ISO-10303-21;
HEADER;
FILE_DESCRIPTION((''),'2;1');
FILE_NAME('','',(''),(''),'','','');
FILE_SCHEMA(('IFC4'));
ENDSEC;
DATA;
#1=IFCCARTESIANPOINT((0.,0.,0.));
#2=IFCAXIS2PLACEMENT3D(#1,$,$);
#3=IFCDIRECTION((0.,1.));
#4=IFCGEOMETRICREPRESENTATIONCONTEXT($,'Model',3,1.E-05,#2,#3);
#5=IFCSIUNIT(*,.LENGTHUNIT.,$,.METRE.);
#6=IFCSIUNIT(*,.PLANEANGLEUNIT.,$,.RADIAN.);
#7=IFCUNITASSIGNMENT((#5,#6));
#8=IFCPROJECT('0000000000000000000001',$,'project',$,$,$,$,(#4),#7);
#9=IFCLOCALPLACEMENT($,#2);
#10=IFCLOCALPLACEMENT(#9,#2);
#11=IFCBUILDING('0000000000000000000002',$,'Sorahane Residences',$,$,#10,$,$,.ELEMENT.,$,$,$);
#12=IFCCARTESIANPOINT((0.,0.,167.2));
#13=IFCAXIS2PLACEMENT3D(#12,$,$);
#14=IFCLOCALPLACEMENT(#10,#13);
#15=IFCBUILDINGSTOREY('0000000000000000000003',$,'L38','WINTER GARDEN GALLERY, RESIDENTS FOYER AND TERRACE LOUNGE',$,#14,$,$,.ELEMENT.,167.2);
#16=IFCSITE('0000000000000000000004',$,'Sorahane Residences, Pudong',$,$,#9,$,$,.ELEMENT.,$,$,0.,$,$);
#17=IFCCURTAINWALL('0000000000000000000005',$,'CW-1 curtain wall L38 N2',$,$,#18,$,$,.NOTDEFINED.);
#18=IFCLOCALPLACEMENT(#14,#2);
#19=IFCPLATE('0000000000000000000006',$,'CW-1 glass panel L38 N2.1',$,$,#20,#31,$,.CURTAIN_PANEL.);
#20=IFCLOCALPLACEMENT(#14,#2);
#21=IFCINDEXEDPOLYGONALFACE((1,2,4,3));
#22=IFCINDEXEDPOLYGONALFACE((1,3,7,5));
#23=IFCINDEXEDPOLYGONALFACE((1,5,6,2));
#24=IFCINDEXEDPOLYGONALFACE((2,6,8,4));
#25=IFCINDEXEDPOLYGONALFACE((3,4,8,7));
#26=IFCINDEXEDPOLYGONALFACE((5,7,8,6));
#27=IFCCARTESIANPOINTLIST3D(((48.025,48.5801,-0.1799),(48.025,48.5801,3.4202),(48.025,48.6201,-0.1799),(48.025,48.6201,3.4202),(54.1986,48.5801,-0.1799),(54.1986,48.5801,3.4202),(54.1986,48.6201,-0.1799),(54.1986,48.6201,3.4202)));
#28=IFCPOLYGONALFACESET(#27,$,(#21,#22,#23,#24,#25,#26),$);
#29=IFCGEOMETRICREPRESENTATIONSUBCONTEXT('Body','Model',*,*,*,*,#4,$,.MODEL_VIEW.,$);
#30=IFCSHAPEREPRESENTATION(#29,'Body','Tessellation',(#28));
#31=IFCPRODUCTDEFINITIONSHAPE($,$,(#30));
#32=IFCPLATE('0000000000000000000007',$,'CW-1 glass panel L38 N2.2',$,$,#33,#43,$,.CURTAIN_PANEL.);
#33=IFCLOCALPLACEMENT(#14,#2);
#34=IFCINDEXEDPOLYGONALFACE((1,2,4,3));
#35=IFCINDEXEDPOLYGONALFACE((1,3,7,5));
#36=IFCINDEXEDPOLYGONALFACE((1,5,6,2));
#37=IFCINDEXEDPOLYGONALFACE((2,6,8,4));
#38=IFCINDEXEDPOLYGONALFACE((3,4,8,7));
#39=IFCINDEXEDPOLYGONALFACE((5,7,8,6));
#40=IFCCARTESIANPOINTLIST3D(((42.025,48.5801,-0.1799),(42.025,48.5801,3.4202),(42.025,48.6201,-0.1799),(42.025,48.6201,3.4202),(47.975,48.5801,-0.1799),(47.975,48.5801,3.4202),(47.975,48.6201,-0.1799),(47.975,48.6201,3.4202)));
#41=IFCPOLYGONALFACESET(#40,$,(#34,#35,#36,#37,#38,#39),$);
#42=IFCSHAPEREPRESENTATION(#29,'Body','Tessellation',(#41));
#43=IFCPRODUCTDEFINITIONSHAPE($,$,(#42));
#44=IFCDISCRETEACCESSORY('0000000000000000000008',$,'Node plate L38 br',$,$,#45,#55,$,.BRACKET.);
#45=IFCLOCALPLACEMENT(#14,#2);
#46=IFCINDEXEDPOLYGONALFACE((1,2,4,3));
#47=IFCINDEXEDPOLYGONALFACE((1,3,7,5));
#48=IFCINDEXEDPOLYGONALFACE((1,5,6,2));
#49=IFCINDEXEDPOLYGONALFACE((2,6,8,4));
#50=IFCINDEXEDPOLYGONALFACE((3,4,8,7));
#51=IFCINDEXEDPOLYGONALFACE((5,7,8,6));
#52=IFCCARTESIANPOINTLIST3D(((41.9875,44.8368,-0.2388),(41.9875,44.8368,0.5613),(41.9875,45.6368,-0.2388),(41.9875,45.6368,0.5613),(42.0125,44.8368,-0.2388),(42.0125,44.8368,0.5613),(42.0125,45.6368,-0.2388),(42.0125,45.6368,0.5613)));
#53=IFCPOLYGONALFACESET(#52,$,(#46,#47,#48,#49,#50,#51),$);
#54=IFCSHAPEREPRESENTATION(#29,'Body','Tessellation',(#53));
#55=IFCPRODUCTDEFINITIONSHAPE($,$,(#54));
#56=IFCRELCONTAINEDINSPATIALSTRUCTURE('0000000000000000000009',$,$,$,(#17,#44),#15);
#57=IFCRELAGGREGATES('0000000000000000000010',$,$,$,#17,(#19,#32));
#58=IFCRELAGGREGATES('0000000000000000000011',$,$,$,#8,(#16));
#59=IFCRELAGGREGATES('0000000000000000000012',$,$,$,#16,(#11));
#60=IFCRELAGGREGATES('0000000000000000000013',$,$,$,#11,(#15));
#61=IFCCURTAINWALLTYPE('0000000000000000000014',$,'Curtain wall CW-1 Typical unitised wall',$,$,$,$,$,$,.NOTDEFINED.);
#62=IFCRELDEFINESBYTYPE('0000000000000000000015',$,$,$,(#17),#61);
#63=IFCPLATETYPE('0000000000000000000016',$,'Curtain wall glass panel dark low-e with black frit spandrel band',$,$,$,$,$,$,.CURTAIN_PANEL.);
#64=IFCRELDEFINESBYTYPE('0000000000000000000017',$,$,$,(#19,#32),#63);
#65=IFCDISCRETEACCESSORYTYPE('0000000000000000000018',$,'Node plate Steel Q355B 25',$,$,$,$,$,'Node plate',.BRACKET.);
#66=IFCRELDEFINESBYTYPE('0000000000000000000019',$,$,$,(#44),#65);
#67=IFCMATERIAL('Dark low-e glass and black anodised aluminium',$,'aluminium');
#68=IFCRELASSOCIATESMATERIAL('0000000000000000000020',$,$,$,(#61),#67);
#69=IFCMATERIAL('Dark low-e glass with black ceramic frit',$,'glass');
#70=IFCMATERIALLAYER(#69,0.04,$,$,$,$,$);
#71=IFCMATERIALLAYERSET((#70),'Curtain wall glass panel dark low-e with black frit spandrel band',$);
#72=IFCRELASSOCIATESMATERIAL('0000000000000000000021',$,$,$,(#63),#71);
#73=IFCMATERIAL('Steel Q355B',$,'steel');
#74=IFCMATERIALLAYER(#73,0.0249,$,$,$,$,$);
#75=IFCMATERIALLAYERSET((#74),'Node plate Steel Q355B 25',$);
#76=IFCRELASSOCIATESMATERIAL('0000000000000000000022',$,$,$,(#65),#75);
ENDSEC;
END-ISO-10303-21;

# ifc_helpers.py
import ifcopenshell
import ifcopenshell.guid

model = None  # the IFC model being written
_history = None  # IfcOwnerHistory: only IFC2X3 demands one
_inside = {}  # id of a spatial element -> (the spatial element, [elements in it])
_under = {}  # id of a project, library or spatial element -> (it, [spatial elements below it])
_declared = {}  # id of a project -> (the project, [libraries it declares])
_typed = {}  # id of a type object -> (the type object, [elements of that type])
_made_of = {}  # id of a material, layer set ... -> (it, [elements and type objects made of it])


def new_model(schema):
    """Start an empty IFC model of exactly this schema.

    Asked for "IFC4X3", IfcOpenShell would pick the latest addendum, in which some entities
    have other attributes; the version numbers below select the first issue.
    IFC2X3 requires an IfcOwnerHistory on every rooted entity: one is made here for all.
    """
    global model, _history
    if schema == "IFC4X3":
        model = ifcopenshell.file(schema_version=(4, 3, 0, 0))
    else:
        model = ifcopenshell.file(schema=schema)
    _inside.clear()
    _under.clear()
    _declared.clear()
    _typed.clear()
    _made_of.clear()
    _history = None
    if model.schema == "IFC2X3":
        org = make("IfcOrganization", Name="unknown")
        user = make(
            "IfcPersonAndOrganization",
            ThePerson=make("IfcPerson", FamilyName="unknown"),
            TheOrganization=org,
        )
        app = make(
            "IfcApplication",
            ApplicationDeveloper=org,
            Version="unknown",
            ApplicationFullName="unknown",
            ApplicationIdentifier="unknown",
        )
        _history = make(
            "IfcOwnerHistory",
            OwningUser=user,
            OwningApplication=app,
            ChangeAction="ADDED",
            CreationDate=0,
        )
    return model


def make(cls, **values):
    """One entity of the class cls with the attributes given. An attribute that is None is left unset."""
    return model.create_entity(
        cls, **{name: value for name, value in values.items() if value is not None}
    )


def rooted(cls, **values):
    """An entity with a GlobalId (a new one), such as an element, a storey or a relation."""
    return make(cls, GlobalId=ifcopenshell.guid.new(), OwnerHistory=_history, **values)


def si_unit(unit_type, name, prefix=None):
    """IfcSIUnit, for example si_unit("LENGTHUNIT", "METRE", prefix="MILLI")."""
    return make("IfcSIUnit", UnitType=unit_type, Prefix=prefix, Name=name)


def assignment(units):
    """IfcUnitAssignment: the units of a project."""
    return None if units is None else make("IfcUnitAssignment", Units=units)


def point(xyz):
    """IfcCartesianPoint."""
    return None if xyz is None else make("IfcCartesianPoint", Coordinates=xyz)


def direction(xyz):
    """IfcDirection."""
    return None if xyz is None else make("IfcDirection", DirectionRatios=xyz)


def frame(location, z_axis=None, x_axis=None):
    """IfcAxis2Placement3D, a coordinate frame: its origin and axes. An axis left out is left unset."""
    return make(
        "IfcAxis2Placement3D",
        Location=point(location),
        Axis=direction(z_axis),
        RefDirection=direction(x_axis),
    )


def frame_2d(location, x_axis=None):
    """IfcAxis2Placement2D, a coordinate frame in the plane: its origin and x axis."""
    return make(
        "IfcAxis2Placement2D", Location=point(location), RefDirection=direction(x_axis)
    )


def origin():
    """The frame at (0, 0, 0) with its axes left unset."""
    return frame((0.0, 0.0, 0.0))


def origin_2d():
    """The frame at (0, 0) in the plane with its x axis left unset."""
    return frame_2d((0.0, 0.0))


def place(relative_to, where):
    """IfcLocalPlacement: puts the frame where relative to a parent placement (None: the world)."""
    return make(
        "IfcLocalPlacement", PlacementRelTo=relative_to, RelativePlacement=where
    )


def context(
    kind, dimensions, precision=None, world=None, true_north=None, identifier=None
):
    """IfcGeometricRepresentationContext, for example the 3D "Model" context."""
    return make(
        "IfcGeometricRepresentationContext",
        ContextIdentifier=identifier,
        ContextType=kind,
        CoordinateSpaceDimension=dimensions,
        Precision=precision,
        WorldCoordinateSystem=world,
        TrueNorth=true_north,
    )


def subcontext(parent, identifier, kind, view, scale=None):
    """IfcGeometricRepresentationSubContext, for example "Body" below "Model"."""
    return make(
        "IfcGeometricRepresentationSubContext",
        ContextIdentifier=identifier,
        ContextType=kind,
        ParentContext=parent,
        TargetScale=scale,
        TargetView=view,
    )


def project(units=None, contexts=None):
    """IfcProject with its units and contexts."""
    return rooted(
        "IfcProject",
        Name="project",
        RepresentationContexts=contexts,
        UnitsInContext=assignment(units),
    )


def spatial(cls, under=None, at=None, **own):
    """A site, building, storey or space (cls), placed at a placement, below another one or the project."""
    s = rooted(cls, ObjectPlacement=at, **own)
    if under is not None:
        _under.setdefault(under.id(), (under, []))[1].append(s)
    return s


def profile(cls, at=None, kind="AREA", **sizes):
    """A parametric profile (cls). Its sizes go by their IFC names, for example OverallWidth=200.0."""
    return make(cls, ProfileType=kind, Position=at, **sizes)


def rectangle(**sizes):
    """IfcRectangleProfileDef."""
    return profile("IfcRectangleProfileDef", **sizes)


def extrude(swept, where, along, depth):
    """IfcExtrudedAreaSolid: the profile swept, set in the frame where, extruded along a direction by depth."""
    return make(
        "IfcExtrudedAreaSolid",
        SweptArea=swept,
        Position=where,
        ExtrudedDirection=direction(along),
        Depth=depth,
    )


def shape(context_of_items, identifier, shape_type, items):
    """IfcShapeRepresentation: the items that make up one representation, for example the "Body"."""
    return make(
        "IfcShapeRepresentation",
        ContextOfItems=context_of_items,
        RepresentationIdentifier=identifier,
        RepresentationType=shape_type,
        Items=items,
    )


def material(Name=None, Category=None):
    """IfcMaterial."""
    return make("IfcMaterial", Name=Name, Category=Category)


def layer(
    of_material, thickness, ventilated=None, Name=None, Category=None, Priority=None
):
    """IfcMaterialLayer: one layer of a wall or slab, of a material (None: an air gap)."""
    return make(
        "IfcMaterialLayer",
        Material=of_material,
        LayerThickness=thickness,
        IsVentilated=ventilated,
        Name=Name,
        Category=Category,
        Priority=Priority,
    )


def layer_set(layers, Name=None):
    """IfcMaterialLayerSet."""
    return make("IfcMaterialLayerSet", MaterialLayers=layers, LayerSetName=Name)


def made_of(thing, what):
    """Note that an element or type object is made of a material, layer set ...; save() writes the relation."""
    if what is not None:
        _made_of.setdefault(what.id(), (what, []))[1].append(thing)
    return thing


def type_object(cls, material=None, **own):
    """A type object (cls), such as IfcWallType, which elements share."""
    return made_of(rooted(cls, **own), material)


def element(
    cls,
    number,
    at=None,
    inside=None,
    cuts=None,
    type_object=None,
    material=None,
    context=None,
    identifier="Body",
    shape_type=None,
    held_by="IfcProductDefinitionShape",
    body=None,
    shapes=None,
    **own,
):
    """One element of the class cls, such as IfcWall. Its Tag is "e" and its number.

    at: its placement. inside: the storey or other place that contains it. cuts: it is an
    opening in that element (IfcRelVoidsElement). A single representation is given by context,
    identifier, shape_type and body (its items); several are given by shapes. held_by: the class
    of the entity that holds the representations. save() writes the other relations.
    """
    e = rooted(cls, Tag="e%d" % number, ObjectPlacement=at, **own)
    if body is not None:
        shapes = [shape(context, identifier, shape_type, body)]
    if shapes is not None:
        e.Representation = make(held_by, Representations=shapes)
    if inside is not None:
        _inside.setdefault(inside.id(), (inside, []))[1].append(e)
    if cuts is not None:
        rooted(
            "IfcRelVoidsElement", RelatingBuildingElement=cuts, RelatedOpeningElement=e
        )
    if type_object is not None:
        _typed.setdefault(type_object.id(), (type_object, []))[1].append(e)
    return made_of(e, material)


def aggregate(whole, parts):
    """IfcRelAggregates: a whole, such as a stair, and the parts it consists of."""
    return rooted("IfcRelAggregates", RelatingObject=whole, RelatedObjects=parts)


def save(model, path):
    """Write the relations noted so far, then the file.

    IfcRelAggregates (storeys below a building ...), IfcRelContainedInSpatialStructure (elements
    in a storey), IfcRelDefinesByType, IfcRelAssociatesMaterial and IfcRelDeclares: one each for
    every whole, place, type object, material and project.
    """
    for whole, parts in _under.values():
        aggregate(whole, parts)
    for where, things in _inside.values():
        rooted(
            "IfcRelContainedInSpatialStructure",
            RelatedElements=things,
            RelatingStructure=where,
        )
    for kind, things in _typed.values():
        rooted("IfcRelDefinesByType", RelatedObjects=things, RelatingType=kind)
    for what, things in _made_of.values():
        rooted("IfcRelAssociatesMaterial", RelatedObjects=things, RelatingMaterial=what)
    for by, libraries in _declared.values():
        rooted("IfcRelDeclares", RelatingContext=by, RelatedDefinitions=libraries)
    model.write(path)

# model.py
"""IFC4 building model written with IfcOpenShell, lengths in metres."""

from ifc_helpers import new_model, si_unit, direction, frame, origin, origin_2d, place, context, subcontext, project, spatial, rectangle, extrude, material, layer, layer_set, type_object, element, aggregate, save


model = new_model("IFC4")

# Units and contexts
model_context = context("Model", 3, precision=1e-05, world=origin(), true_north=direction((0.0, 1.0)))
body_context = subcontext(model_context, "Body", "Model", "MODEL_VIEW")
ifc_project = project(units=[si_unit("LENGTHUNIT", "METRE"), si_unit("PLANEANGLEUNIT", "RADIAN")], contexts=[model_context])

# Site, building, storey
site_placement = place(None, origin())
site = spatial("IfcSite", under=ifc_project, at=site_placement, Name="Sorahane Residences, Pudong", CompositionType="ELEMENT", RefElevation=0.0)
building_placement = place(site_placement, origin())
building = spatial("IfcBuilding", under=site, at=building_placement, Name="Sorahane Residences", CompositionType="ELEMENT")
storey_placement = place(building_placement, frame((0.0, 0.0, 167.2)))
storey = spatial("IfcBuildingStorey", under=building, at=storey_placement, Name="L38", Description="WINTER GARDEN GALLERY, RESIDENTS FOYER AND TERRACE LOUNGE", CompositionType="ELEMENT", Elevation=167.2)

# Shared definitions
ifc_material_1 = material(Name="Dark low-e glass and black anodised aluminium", Category="aluminium")
curtain_wall_type_1 = type_object("IfcCurtainWallType", Name="Curtain wall CW-1 Typical unitised wall", PredefinedType="NOTDEFINED", material=ifc_material_1)

# Curtain wall
curtain_wall_1_placement = place(storey_placement, origin())
curtain_wall_1 = element("IfcCurtainWall", 1, at=curtain_wall_1_placement, inside=storey, type_object=curtain_wall_type_1, Name="CW-1 curtain wall L38 N2", PredefinedType="NOTDEFINED")

# Plates
ifc_material_2 = material(Name="Dark low-e glass with black ceramic frit", Category="glass")
ifc_layer_1 = layer(ifc_material_2, 0.04)
ifc_layer_set_1 = layer_set([ifc_layer_1], Name="Curtain wall glass panel dark low-e with black frit spandrel band")
plate_type = type_object("IfcPlateType", Name="Curtain wall glass panel dark low-e with black frit spandrel band", PredefinedType="CURTAIN_PANEL", material=ifc_layer_set_1)
plate_1_placement = place(storey_placement, frame((51.1118, 48.6001, -0.1799), z_axis=(0.0, 0.0, 1.0), x_axis=(-1.0, 0.0, 0.0)))
plate_1 = element("IfcPlate", 2, at=plate_1_placement, type_object=plate_type, Name="CW-1 glass panel L38 N2.1", PredefinedType="CURTAIN_PANEL", context=body_context, shape_type="SweptSolid", body=[
    extrude(rectangle(XDim=6.1736, YDim=0.04, at=origin_2d()), origin(), (0.0, 0.0, 1.0), 3.6001),
])
plate_2_placement = place(storey_placement, frame((45.0, 48.6001, -0.1799), z_axis=(0.0, 0.0, 1.0), x_axis=(-1.0, 0.0, 0.0)))
plate_2 = element("IfcPlate", 3, at=plate_2_placement, type_object=plate_type, Name="CW-1 glass panel L38 N2.2", PredefinedType="CURTAIN_PANEL", context=body_context, shape_type="SweptSolid", body=[
    extrude(rectangle(XDim=5.95, YDim=0.04, at=origin_2d()), origin(), (0.0, 0.0, 1.0), 3.6001),
])
aggregate(curtain_wall_1, [plate_1, plate_2])

# Discrete accessory
ifc_material_3 = material(Name="Steel Q355B", Category="steel")
ifc_layer_2 = layer(ifc_material_3, 0.0249)
ifc_layer_set_2 = layer_set([ifc_layer_2], Name="Node plate Steel Q355B 25")
discrete_accessory_type = type_object("IfcDiscreteAccessoryType", Name="Node plate Steel Q355B 25", ElementType="Node plate", PredefinedType="BRACKET", material=ifc_layer_set_2)
discrete_accessory_placement = place(storey_placement, frame((42.0, 45.2368, -0.2388), z_axis=(0.0, 0.0, 1.0), x_axis=(0.0, 1.0, 0.0)))
element("IfcDiscreteAccessory", 4, at=discrete_accessory_placement, inside=storey, type_object=discrete_accessory_type, Name="Node plate L38 br", PredefinedType="BRACKET", context=body_context, shape_type="SweptSolid", body=[
    extrude(rectangle(XDim=0.8, YDim=0.0249, at=origin_2d()), origin(), (0.0, 0.0, 1.0), 0.8),
])

save(model, "model.ifc")
